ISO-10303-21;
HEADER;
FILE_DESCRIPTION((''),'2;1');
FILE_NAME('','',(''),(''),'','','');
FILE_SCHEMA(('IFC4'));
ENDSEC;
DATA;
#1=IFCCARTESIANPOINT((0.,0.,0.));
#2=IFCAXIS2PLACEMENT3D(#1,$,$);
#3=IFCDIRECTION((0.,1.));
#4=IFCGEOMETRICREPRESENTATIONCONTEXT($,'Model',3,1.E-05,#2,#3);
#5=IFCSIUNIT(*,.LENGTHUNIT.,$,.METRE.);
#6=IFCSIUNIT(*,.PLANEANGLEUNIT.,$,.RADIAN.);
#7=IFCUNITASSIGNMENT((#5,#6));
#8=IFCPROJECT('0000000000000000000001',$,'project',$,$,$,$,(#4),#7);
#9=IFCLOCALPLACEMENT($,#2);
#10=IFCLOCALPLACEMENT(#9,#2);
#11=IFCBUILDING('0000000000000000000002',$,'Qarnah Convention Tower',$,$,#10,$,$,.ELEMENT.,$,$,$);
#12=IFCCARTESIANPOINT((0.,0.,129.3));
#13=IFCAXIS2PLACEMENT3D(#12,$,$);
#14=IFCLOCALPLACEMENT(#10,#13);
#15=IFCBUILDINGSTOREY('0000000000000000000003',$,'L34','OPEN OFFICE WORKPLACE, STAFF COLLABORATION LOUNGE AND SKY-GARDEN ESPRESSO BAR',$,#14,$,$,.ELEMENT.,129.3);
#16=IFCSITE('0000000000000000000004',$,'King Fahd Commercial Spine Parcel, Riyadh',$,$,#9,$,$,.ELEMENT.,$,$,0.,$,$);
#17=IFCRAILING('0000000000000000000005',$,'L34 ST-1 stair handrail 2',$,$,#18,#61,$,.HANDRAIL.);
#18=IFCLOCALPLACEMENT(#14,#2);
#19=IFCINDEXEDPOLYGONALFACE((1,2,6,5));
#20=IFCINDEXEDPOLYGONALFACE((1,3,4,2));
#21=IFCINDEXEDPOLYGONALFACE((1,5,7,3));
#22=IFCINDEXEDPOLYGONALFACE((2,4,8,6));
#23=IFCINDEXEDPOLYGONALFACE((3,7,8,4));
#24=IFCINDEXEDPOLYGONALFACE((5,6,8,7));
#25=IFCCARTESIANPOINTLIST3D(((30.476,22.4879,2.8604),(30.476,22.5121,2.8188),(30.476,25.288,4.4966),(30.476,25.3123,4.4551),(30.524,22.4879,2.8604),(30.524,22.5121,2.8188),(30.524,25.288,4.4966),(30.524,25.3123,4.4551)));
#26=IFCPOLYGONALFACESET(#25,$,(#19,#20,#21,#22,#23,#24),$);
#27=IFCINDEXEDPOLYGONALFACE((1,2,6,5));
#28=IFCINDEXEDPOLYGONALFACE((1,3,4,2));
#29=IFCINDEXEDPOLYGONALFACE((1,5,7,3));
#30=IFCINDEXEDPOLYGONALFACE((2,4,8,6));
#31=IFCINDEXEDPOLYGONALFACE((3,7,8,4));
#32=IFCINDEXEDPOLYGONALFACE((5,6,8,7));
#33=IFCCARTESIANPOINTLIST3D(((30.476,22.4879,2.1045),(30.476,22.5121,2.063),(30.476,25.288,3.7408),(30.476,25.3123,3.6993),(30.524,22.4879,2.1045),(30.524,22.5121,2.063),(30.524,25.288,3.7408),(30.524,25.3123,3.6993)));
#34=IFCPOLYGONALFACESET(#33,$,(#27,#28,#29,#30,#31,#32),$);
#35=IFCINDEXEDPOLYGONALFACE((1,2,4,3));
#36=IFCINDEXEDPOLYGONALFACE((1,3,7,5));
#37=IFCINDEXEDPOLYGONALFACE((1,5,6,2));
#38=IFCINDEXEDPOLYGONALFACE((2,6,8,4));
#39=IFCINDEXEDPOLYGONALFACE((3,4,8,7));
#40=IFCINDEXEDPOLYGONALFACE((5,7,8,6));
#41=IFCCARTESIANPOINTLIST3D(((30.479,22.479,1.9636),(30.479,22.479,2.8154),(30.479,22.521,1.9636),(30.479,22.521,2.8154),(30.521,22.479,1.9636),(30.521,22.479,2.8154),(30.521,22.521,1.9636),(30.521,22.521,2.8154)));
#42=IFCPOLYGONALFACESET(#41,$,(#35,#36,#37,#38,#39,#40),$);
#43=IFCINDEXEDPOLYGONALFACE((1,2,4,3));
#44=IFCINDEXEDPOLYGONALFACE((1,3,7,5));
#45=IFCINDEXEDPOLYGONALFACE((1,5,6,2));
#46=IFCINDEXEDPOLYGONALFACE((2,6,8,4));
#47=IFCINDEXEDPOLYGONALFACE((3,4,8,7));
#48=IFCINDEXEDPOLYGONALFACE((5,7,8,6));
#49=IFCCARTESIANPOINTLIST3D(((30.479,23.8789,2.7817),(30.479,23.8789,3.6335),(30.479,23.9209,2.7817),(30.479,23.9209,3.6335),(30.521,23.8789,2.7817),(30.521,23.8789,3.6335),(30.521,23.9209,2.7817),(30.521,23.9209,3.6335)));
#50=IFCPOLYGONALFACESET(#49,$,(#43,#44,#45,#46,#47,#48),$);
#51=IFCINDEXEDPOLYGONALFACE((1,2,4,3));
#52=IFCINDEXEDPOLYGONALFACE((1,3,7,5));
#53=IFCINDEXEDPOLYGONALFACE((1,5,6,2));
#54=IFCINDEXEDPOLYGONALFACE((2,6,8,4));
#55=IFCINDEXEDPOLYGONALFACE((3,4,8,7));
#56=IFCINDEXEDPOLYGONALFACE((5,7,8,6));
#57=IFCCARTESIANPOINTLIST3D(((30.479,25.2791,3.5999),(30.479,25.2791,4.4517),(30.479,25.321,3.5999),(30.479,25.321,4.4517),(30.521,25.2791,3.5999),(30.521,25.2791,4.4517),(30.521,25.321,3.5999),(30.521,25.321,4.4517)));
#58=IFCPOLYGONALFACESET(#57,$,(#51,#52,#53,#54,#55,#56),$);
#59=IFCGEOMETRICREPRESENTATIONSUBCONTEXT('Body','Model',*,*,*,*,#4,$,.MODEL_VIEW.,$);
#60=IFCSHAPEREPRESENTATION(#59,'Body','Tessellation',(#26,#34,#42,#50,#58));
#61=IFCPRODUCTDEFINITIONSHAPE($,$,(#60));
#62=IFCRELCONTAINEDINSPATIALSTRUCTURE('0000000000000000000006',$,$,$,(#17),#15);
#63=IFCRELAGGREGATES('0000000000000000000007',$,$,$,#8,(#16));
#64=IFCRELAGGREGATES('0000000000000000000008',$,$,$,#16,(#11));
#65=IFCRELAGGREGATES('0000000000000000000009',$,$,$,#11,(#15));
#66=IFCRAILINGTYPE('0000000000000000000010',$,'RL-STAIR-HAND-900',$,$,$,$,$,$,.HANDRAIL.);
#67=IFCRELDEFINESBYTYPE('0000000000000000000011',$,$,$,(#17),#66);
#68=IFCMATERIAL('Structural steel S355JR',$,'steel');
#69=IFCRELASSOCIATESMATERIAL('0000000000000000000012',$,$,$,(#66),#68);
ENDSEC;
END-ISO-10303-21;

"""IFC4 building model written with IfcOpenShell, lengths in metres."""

from ifc_helpers import new_model, si_unit, direction, frame, origin, origin_2d, place, context, subcontext, project, spatial, rectangle, extrude, material, type_object, element, save


model = new_model("IFC4")

# Units and contexts
model_context = context("Model", 3, precision=1e-05, world=origin(), true_north=direction((0.0, 1.0)))
body_context = subcontext(model_context, "Body", "Model", "MODEL_VIEW")
ifc_project = project(units=[si_unit("LENGTHUNIT", "METRE"), si_unit("PLANEANGLEUNIT", "RADIAN")], contexts=[model_context])

# Site, building, storey
site_placement = place(None, origin())
site = spatial("IfcSite", under=ifc_project, at=site_placement, Name="King Fahd Commercial Spine Parcel, Riyadh", CompositionType="ELEMENT", RefElevation=0.0)
building_placement = place(site_placement, origin())
building = spatial("IfcBuilding", under=site, at=building_placement, Name="Qarnah Convention Tower", CompositionType="ELEMENT")
storey_placement = place(building_placement, frame((0.0, 0.0, 129.3)))
storey = spatial("IfcBuildingStorey", under=building, at=storey_placement, Name="L34", Description="OPEN OFFICE WORKPLACE, STAFF COLLABORATION LOUNGE AND SKY-GARDEN ESPRESSO BAR", CompositionType="ELEMENT", Elevation=129.3)

# Shared definitions
ifc_material_1 = material(Name="Structural steel S355JR", Category="steel")

# Railing
railing_type_1 = type_object("IfcRailingType", Name="RL-STAIR-HAND-900", PredefinedType="HANDRAIL", material=ifc_material_1)
railing_1_placement = place(storey_placement, frame((30.5, 22.5, 1.9636)))
element("IfcRailing", 1, at=railing_1_placement, inside=storey, type_object=railing_type_1, Name="L34 ST-1 stair handrail 2", PredefinedType="HANDRAIL", context=body_context, shape_type="SweptSolid", body=[
    extrude(rectangle(XDim=0.0481, YDim=0.0481, at=origin_2d()), frame((0.0, 0.0, 0.876), z_axis=(0.0, 0.863394, 0.504531), x_axis=(-1.0, 0.0, 0.0)), (0.0, 0.0, 1.0), 3.2432),
    extrude(rectangle(XDim=0.0481, YDim=0.0481, at=origin_2d()), frame((0.0, 0.0, 0.1201), z_axis=(0.0, 0.863394, 0.504531), x_axis=(-1.0, 0.0, 0.0)), (0.0, 0.0, 1.0), 3.2432),
    extrude(rectangle(XDim=0.042, YDim=0.042, at=origin_2d()), origin(), (0.0, 0.0, 1.0), 0.8518),
    extrude(rectangle(XDim=0.042, YDim=0.042, at=origin_2d()), frame((0.0, 1.3999, 0.8181)), (0.0, 0.0, 1.0), 0.8518),
    extrude(rectangle(XDim=0.042, YDim=0.042, at=origin_2d()), frame((0.0, 2.8, 1.6362)), (0.0, 0.0, 1.0), 0.8518),
])

save(model, "model.ifc")
